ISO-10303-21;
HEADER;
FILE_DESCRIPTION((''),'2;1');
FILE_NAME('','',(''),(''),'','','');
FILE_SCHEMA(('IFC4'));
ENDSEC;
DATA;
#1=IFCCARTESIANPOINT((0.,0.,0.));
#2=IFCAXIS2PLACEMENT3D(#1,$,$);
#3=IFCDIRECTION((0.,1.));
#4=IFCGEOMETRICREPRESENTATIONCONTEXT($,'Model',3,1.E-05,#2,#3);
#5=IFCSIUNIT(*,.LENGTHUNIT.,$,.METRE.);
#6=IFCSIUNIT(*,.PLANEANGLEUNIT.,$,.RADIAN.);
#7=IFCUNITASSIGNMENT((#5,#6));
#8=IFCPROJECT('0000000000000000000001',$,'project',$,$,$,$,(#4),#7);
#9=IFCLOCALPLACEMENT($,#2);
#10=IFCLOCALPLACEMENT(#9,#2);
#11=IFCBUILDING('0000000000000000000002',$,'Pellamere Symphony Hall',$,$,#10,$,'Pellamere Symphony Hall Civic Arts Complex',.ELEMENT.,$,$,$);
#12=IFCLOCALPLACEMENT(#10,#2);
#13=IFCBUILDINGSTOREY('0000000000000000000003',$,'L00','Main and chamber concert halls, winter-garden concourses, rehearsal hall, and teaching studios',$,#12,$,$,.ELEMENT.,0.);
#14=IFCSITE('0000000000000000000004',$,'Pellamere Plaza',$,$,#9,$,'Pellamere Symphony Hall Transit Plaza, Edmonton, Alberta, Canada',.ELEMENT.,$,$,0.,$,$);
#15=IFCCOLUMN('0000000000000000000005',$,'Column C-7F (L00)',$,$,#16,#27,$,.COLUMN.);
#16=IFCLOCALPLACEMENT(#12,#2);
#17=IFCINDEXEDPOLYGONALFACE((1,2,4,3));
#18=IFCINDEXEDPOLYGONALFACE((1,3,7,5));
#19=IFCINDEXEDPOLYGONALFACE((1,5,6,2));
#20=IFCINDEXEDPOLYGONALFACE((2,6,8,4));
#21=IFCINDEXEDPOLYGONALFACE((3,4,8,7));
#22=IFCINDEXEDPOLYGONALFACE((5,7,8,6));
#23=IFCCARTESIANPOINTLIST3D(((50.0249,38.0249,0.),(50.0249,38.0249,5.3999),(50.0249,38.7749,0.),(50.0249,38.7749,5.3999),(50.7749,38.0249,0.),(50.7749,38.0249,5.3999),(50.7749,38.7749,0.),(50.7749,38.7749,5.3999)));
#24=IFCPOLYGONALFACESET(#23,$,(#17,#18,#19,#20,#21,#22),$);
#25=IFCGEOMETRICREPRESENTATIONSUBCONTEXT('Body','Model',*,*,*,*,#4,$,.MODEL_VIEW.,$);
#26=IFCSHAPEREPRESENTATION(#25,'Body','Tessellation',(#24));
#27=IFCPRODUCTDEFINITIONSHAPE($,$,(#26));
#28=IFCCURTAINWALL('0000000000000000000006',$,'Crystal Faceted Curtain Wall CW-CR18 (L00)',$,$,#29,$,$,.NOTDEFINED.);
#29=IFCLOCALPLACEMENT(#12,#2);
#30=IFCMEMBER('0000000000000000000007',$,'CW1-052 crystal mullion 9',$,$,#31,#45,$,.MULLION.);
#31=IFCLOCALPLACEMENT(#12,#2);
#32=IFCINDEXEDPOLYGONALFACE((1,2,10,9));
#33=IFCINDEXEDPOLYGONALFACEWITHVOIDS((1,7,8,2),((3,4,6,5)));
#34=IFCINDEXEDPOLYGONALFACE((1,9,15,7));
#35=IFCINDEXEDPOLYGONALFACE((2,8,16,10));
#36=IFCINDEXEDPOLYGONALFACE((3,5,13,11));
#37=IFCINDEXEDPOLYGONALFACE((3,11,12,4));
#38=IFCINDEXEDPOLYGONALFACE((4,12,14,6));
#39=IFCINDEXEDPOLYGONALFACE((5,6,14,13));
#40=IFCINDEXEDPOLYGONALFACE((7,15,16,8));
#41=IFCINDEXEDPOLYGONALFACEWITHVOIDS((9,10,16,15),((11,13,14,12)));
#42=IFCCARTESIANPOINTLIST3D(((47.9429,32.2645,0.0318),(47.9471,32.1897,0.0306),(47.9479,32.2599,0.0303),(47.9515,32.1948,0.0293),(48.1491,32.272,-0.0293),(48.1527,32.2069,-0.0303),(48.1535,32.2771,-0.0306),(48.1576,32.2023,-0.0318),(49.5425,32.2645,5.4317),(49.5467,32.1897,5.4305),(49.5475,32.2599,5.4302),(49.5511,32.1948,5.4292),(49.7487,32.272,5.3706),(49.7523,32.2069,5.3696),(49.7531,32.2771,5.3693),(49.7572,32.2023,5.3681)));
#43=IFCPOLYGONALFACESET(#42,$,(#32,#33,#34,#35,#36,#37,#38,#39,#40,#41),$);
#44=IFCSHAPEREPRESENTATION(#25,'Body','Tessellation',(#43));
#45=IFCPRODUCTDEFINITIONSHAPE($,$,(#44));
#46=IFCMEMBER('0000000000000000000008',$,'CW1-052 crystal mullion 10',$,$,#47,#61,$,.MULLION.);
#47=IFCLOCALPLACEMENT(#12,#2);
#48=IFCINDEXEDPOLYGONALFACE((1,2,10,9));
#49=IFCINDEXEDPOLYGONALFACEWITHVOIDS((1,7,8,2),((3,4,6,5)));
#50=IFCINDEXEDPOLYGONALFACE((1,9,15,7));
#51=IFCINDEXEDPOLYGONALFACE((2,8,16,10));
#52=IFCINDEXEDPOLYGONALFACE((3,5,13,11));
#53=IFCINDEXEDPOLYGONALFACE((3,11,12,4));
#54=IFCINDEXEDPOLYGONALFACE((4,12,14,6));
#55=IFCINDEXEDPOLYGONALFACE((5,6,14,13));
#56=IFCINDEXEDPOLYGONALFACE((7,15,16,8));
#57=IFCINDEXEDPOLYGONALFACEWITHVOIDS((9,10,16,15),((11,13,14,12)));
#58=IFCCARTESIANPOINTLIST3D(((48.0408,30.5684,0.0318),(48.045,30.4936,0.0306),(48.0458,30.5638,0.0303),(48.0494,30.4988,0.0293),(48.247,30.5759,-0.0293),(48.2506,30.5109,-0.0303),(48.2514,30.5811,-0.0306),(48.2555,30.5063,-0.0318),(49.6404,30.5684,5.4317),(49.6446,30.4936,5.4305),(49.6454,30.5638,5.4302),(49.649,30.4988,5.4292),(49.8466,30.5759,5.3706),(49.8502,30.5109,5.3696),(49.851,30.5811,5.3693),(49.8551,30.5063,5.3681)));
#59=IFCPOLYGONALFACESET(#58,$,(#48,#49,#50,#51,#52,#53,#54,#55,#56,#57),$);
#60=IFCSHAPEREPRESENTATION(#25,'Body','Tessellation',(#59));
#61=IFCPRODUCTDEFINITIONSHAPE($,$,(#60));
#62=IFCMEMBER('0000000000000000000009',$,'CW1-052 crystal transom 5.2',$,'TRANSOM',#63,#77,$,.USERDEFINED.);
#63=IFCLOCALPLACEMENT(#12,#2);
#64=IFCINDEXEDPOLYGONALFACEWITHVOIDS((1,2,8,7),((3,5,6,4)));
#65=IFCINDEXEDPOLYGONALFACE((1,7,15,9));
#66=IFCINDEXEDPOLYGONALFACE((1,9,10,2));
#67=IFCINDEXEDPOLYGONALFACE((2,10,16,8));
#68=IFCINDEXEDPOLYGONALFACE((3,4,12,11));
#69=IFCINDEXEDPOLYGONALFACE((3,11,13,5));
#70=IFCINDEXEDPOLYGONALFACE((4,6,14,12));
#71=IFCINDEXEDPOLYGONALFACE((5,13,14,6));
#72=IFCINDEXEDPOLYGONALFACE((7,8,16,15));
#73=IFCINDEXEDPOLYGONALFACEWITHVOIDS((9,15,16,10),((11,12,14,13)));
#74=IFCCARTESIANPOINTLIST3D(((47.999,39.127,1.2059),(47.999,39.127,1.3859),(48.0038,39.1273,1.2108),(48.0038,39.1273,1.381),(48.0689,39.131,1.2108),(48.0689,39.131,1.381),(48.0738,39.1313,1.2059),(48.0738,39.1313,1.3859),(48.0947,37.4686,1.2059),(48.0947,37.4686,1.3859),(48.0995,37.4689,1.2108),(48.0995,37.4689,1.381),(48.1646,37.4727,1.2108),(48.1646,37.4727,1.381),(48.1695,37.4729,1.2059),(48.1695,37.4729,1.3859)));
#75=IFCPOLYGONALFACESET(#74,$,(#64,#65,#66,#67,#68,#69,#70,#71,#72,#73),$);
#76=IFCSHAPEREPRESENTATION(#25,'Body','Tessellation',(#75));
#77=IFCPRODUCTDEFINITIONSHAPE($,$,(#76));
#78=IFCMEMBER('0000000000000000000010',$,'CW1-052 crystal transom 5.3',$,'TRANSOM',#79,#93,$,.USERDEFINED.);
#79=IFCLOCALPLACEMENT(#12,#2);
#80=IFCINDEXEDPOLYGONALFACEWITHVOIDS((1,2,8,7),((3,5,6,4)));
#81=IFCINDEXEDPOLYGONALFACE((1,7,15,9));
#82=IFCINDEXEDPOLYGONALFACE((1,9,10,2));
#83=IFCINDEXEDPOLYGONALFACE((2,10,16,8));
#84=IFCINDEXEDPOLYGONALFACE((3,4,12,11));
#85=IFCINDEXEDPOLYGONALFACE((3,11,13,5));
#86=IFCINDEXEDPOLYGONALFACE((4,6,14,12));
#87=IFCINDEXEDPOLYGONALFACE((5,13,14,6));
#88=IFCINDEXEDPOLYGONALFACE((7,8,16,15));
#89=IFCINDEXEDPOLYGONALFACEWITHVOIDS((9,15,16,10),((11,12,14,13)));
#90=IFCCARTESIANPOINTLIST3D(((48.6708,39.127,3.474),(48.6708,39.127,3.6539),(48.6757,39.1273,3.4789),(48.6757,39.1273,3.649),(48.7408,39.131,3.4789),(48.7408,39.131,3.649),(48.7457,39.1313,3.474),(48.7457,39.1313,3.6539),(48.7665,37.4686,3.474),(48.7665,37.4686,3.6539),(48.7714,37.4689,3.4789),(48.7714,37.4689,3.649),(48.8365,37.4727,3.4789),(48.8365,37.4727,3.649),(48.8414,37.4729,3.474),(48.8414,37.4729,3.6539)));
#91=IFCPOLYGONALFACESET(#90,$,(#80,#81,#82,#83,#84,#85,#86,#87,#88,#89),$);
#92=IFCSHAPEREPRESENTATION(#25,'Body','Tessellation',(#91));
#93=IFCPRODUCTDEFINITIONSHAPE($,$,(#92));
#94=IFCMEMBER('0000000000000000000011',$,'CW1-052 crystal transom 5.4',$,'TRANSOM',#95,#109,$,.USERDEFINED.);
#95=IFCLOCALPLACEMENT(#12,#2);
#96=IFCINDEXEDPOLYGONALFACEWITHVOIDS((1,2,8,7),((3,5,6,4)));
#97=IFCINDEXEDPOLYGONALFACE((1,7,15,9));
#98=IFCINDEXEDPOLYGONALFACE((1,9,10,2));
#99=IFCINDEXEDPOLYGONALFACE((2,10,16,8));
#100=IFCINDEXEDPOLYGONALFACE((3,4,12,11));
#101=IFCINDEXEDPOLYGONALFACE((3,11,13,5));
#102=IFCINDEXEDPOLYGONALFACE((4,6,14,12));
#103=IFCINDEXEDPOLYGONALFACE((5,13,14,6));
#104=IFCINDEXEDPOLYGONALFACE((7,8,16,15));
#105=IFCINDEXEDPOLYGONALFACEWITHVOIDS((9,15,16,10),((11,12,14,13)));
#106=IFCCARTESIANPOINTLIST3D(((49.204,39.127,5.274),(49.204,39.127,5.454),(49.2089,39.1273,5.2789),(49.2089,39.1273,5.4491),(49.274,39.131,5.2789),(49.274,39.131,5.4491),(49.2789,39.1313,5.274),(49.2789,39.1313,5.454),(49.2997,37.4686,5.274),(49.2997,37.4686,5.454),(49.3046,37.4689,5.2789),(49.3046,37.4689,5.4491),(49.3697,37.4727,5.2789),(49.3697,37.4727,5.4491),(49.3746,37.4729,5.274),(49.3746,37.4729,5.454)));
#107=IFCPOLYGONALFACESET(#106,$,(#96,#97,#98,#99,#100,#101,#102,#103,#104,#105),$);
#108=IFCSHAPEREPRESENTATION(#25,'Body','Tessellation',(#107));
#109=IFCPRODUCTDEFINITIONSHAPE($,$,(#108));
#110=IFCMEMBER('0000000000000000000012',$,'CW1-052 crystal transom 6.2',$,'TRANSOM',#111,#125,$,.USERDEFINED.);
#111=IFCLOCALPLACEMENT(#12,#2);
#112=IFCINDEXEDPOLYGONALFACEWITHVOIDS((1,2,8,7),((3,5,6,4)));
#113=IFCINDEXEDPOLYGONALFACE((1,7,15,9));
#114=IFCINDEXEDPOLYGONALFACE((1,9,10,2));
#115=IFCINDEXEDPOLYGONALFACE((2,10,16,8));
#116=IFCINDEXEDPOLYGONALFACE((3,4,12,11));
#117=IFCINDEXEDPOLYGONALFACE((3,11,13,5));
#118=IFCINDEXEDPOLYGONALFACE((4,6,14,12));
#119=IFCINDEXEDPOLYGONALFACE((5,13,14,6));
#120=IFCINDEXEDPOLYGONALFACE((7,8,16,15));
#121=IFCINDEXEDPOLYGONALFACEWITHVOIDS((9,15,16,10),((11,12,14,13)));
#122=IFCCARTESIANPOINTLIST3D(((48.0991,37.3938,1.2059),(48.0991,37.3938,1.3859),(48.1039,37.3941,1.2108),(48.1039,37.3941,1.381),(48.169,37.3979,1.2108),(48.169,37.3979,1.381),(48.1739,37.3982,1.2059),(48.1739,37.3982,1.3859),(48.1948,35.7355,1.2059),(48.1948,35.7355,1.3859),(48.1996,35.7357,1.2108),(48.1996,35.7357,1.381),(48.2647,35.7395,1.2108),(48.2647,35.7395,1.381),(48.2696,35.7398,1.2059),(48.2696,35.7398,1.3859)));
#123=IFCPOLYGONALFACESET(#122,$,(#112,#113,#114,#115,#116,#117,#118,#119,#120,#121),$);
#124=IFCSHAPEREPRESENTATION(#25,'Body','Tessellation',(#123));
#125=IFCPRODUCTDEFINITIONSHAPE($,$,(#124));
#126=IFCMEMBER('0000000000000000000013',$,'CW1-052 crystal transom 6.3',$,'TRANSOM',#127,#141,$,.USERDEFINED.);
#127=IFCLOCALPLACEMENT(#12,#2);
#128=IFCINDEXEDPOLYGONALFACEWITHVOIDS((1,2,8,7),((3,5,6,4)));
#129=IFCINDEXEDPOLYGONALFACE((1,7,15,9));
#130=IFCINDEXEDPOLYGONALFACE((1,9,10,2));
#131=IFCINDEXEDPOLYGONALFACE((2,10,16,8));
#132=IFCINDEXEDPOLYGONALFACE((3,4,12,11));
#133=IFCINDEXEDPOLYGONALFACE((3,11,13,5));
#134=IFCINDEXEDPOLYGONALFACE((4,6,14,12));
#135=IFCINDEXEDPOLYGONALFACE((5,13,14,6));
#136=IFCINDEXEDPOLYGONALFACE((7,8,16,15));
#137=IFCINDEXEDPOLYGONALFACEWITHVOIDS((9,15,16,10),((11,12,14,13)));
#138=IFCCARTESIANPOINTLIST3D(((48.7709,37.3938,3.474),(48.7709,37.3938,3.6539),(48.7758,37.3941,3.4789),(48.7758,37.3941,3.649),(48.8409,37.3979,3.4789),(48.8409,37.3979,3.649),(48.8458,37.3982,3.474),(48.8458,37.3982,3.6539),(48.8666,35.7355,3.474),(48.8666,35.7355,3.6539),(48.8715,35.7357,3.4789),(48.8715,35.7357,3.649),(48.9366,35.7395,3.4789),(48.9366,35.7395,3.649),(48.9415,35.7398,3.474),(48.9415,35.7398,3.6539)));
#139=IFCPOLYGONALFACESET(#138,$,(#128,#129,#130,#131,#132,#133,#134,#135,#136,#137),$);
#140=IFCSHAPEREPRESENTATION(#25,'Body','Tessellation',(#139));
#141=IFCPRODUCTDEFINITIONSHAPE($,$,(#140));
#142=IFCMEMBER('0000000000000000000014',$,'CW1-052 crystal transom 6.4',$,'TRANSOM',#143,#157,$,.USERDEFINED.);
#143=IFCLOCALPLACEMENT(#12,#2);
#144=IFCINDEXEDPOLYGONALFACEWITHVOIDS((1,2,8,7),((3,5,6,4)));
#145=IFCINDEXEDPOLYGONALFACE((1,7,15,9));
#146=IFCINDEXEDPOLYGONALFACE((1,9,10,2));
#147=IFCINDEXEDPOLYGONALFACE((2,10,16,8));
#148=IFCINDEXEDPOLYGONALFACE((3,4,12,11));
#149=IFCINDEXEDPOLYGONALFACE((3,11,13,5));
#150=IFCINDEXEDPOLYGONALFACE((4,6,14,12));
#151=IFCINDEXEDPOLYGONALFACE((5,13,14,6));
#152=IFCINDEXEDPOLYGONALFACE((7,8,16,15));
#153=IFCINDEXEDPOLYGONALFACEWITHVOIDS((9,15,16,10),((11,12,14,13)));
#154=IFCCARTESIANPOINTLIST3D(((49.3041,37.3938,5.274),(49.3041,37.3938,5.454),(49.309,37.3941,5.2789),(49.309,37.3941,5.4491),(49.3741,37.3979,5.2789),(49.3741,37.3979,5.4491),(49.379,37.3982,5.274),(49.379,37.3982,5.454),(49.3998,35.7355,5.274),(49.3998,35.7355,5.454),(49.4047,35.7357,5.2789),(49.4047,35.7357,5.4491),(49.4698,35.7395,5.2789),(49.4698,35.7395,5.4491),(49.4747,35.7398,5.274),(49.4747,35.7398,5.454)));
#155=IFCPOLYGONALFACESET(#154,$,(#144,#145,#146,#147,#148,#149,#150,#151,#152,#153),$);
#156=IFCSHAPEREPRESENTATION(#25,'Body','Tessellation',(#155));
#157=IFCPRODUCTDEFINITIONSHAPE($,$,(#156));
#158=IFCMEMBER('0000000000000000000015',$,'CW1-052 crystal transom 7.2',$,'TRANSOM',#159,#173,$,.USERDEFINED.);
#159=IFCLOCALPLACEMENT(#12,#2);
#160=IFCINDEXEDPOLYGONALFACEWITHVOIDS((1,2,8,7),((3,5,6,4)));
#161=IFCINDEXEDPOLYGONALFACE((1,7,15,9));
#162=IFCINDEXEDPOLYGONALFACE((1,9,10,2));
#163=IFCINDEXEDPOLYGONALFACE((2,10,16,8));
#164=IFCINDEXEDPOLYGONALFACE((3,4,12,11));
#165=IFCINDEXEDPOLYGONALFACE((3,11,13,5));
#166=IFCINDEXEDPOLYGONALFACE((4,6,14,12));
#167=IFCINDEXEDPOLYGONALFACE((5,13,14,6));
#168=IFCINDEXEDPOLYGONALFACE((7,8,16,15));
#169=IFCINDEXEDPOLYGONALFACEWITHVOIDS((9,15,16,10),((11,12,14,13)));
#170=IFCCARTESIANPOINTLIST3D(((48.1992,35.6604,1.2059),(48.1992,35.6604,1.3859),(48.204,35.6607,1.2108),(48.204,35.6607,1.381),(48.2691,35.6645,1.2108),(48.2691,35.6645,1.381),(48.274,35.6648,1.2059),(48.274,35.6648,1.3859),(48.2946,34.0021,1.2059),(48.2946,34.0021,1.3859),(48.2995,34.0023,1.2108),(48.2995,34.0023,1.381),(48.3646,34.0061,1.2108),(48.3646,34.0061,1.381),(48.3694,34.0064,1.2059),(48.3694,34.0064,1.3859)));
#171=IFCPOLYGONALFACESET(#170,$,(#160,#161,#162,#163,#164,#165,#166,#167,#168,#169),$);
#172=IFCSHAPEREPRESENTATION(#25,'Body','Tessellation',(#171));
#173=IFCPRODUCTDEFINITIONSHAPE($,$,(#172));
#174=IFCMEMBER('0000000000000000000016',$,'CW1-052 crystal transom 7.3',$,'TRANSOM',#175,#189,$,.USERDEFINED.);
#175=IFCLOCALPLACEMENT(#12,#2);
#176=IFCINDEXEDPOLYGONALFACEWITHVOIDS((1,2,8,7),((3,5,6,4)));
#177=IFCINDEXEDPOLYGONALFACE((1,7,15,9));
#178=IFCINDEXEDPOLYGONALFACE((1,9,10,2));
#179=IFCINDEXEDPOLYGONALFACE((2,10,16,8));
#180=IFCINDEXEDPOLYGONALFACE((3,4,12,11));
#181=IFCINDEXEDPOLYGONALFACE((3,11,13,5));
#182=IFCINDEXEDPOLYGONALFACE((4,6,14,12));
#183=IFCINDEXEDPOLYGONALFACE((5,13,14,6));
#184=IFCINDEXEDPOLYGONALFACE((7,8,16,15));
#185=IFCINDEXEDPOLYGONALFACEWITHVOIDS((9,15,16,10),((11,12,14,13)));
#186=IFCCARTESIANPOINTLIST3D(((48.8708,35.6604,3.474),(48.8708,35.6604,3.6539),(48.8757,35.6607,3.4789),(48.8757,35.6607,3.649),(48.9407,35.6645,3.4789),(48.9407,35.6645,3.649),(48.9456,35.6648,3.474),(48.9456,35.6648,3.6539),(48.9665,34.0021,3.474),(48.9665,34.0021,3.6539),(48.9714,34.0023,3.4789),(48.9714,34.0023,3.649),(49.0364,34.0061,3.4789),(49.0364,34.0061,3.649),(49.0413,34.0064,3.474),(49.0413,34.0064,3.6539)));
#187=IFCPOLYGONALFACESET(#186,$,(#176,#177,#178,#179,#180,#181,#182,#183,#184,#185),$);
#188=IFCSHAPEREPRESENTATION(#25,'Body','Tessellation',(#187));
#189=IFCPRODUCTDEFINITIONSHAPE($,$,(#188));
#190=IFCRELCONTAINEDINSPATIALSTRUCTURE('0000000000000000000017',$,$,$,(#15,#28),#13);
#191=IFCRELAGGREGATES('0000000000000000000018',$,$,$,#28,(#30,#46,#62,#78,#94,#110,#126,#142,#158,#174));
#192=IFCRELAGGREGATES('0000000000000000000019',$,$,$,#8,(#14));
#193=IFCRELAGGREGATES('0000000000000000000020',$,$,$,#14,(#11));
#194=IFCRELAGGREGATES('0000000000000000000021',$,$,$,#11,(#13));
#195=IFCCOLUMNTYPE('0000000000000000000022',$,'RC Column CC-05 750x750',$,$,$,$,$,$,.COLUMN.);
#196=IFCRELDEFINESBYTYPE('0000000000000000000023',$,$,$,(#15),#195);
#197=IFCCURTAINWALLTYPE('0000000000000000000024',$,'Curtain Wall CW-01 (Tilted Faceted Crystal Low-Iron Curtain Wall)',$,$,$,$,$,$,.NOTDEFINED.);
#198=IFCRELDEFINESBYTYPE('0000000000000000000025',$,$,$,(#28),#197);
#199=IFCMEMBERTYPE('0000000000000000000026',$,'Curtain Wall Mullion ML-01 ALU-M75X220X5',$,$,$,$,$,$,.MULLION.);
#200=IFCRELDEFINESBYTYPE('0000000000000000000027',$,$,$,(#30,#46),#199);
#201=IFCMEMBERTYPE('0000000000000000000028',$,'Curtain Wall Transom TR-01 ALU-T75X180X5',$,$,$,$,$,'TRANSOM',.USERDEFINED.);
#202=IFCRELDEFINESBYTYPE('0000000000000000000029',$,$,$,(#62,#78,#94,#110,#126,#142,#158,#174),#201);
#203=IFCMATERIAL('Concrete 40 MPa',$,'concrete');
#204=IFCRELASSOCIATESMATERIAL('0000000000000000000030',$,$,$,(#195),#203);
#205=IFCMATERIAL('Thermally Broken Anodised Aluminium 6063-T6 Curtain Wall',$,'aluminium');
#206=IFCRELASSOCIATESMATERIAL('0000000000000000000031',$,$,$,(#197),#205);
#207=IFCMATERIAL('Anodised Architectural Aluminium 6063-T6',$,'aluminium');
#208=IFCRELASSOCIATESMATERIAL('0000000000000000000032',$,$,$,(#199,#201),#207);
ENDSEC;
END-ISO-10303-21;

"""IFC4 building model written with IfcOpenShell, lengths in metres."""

from ifc_helpers import new_model, si_unit, direction, frame, origin, origin_2d, place, context, subcontext, project, spatial, rectangle, hollow_rectangle, extrude, material, material_profile, profile_set, type_object, element, aggregate, save


model = new_model("IFC4")

# Units and contexts
model_context = context("Model", 3, precision=1e-05, world=origin(), true_north=direction((0.0, 1.0)))
body_context = subcontext(model_context, "Body", "Model", "MODEL_VIEW")
ifc_project = project(units=[si_unit("LENGTHUNIT", "METRE"), si_unit("PLANEANGLEUNIT", "RADIAN")], contexts=[model_context])

# Site, building, storey
site_placement = place(None, origin())
site = spatial("IfcSite", under=ifc_project, at=site_placement, Name="Pellamere Plaza", LongName="Pellamere Symphony Hall Transit Plaza, Edmonton, Alberta, Canada", CompositionType="ELEMENT", RefElevation=0.0)
building_placement = place(site_placement, origin())
building = spatial("IfcBuilding", under=site, at=building_placement, Name="Pellamere Symphony Hall", LongName="Pellamere Symphony Hall Civic Arts Complex", CompositionType="ELEMENT")
storey_placement = place(building_placement, origin())
storey = spatial("IfcBuildingStorey", under=building, at=storey_placement, Name="L00", Description="Main and chamber concert halls, winter-garden concourses, rehearsal hall, and teaching studios", CompositionType="ELEMENT", Elevation=0.0)

# Column
ifc_material_1 = material(Name="Concrete 40 MPa", Category="concrete")
ifc_material_profile_1 = material_profile(ifc_material_1, rectangle(XDim=0.75, YDim=0.75, at=origin_2d()), Name="RC 750x750")
ifc_profile_set_1 = profile_set([ifc_material_profile_1], Name="Concrete 40 MPa")
column_type = type_object("IfcColumnType", Name="RC Column CC-05 750x750", PredefinedType="COLUMN", material=ifc_profile_set_1)
column_placement = place(storey_placement, frame((50.3999, 38.3999, 0.0), z_axis=(0.0, 0.0, 1.0), x_axis=(1.0, 0.0, 0.0)))
element("IfcColumn", 1, at=column_placement, inside=storey, type_object=column_type, Name="Column C-7F (L00)", PredefinedType="COLUMN", context=body_context, shape_type="SweptSolid", body=[
    extrude(rectangle(XDim=0.75, YDim=0.75, at=origin_2d()), origin(), (0.0, 0.0, 1.0), 5.3999),
])

# Curtain wall, members
ifc_material_2 = material(Name="Thermally Broken Anodised Aluminium 6063-T6 Curtain Wall", Category="aluminium")
curtain_wall_type = type_object("IfcCurtainWallType", Name="Curtain Wall CW-01 (Tilted Faceted Crystal Low-Iron Curtain Wall)", PredefinedType="NOTDEFINED", material=ifc_material_2)
curtain_wall_placement = place(storey_placement, origin())
curtain_wall = element("IfcCurtainWall", 2, at=curtain_wall_placement, inside=storey, type_object=curtain_wall_type, Name="Crystal Faceted Curtain Wall CW-CR18 (L00)", PredefinedType="NOTDEFINED")
ifc_material_3 = material(Name="Anodised Architectural Aluminium 6063-T6", Category="aluminium")
ifc_material_profile_2 = material_profile(ifc_material_3, hollow_rectangle(XDim=0.075, YDim=0.22, WallThickness=0.0049, at=origin_2d()), Name="ALU-M75X220X5")
ifc_profile_set_2 = profile_set([ifc_material_profile_2], Name="Anodised Architectural Aluminium 6063-T6")
member_type_1 = type_object("IfcMemberType", Name="Curtain Wall Mullion ML-01 ALU-M75X220X5", PredefinedType="MULLION", material=ifc_profile_set_2)
member_1_placement = place(storey_placement, frame((48.0503, 32.2334, 0.0), z_axis=(0.284029, 0.0, 0.958816), x_axis=(-0.055224, 0.99834, 0.016359)))
member_1 = element("IfcMember", 3, at=member_1_placement, type_object=member_type_1, Name="CW1-052 crystal mullion 9", PredefinedType="MULLION", context=body_context, shape_type="SweptSolid", body=[
    extrude(hollow_rectangle(XDim=0.075, YDim=0.22, WallThickness=0.0049, at=origin_2d()), origin(), (0.0, 0.0, 1.0), 5.6318),
])
member_2_placement = place(storey_placement, frame((48.1482, 30.5374, 0.0), z_axis=(0.284029, 0.0, 0.958816), x_axis=(-0.055224, 0.99834, 0.016359)))
member_2 = element("IfcMember", 4, at=member_2_placement, type_object=member_type_1, Name="CW1-052 crystal mullion 10", PredefinedType="MULLION", context=body_context, shape_type="SweptSolid", body=[
    extrude(hollow_rectangle(XDim=0.075, YDim=0.22, WallThickness=0.0049, at=origin_2d()), origin(), (0.0, 0.0, 1.0), 5.6318),
])
ifc_material_profile_3 = material_profile(ifc_material_3, hollow_rectangle(XDim=0.075, YDim=0.1799, WallThickness=0.0049, at=origin_2d()), Name="ALU-T75X180X5")
ifc_profile_set_3 = profile_set([ifc_material_profile_3], Name="Anodised Architectural Aluminium 6063-T6")
member_type_2 = type_object("IfcMemberType", Name="Curtain Wall Transom TR-01 ALU-T75X180X5", ElementType="TRANSOM", PredefinedType="USERDEFINED", material=ifc_profile_set_3)
member_3_placement = place(storey_placement, frame((48.0364, 39.1292, 1.2959), z_axis=(0.057611, -0.998339, 0.0), x_axis=(0.998339, 0.057611, 0.0)))
member_3 = element("IfcMember", 5, at=member_3_placement, type_object=member_type_2, Name="CW1-052 crystal transom 5.2", ObjectType="TRANSOM", PredefinedType="USERDEFINED", context=body_context, shape_type="SweptSolid", body=[
    extrude(hollow_rectangle(XDim=0.075, YDim=0.1799, WallThickness=0.0049, at=origin_2d()), origin(), (0.0, 0.0, 1.0), 1.6611),
])
member_4_placement = place(storey_placement, frame((48.7083, 39.1292, 3.564), z_axis=(0.057611, -0.998339, 0.0), x_axis=(0.998339, 0.057611, 0.0)))
member_4 = element("IfcMember", 6, at=member_4_placement, type_object=member_type_2, Name="CW1-052 crystal transom 5.3", ObjectType="TRANSOM", PredefinedType="USERDEFINED", context=body_context, shape_type="SweptSolid", body=[
    extrude(hollow_rectangle(XDim=0.075, YDim=0.1799, WallThickness=0.0049, at=origin_2d()), origin(), (0.0, 0.0, 1.0), 1.6611),
])
member_5_placement = place(storey_placement, frame((49.2415, 39.1292, 5.364), z_axis=(0.057611, -0.998339, 0.0), x_axis=(0.998339, 0.057611, 0.0)))
member_5 = element("IfcMember", 7, at=member_5_placement, type_object=member_type_2, Name="CW1-052 crystal transom 5.4", ObjectType="TRANSOM", PredefinedType="USERDEFINED", context=body_context, shape_type="SweptSolid", body=[
    extrude(hollow_rectangle(XDim=0.075, YDim=0.1799, WallThickness=0.0049, at=origin_2d()), origin(), (0.0, 0.0, 1.0), 1.6611),
])
member_6_placement = place(storey_placement, frame((48.1365, 37.396, 1.2959), z_axis=(0.057611, -0.998339, 0.0), x_axis=(0.998339, 0.057611, 0.0)))
member_6 = element("IfcMember", 8, at=member_6_placement, type_object=member_type_2, Name="CW1-052 crystal transom 6.2", ObjectType="TRANSOM", PredefinedType="USERDEFINED", context=body_context, shape_type="SweptSolid", body=[
    extrude(hollow_rectangle(XDim=0.075, YDim=0.1799, WallThickness=0.0049, at=origin_2d()), origin(), (0.0, 0.0, 1.0), 1.6611),
])
member_7_placement = place(storey_placement, frame((48.8083, 37.396, 3.564), z_axis=(0.057611, -0.998339, 0.0), x_axis=(0.998339, 0.057611, 0.0)))
member_7 = element("IfcMember", 9, at=member_7_placement, type_object=member_type_2, Name="CW1-052 crystal transom 6.3", ObjectType="TRANSOM", PredefinedType="USERDEFINED", context=body_context, shape_type="SweptSolid", body=[
    extrude(hollow_rectangle(XDim=0.075, YDim=0.1799, WallThickness=0.0049, at=origin_2d()), origin(), (0.0, 0.0, 1.0), 1.6611),
])
member_8_placement = place(storey_placement, frame((49.3416, 37.396, 5.364), z_axis=(0.057611, -0.998339, 0.0), x_axis=(0.998339, 0.057611, 0.0)))
member_8 = element("IfcMember", 10, at=member_8_placement, type_object=member_type_2, Name="CW1-052 crystal transom 6.4", ObjectType="TRANSOM", PredefinedType="USERDEFINED", context=body_context, shape_type="SweptSolid", body=[
    extrude(hollow_rectangle(XDim=0.075, YDim=0.1799, WallThickness=0.0049, at=origin_2d()), origin(), (0.0, 0.0, 1.0), 1.6611),
])
member_9_placement = place(storey_placement, frame((48.2366, 35.6626, 1.2959), z_axis=(0.057464, -0.998348, 0.0), x_axis=(0.998348, 0.057464, 0.0)))
member_9 = element("IfcMember", 11, at=member_9_placement, type_object=member_type_2, Name="CW1-052 crystal transom 7.2", ObjectType="TRANSOM", PredefinedType="USERDEFINED", context=body_context, shape_type="SweptSolid", body=[
    extrude(hollow_rectangle(XDim=0.075, YDim=0.1799, WallThickness=0.0049, at=origin_2d()), origin(), (0.0, 0.0, 1.0), 1.6611),
])
member_10_placement = place(storey_placement, frame((48.9082, 35.6626, 3.564), z_axis=(0.057611, -0.998339, 0.0), x_axis=(0.998339, 0.057611, 0.0)))
member_10 = element("IfcMember", 12, at=member_10_placement, type_object=member_type_2, Name="CW1-052 crystal transom 7.3", ObjectType="TRANSOM", PredefinedType="USERDEFINED", context=body_context, shape_type="SweptSolid", body=[
    extrude(hollow_rectangle(XDim=0.075, YDim=0.1799, WallThickness=0.0049, at=origin_2d()), origin(), (0.0, 0.0, 1.0), 1.6611),
])

aggregate(curtain_wall, [member_1, member_2, member_3, member_4, member_5, member_6, member_7, member_8, member_9, member_10])

save(model, "model.ifc")
